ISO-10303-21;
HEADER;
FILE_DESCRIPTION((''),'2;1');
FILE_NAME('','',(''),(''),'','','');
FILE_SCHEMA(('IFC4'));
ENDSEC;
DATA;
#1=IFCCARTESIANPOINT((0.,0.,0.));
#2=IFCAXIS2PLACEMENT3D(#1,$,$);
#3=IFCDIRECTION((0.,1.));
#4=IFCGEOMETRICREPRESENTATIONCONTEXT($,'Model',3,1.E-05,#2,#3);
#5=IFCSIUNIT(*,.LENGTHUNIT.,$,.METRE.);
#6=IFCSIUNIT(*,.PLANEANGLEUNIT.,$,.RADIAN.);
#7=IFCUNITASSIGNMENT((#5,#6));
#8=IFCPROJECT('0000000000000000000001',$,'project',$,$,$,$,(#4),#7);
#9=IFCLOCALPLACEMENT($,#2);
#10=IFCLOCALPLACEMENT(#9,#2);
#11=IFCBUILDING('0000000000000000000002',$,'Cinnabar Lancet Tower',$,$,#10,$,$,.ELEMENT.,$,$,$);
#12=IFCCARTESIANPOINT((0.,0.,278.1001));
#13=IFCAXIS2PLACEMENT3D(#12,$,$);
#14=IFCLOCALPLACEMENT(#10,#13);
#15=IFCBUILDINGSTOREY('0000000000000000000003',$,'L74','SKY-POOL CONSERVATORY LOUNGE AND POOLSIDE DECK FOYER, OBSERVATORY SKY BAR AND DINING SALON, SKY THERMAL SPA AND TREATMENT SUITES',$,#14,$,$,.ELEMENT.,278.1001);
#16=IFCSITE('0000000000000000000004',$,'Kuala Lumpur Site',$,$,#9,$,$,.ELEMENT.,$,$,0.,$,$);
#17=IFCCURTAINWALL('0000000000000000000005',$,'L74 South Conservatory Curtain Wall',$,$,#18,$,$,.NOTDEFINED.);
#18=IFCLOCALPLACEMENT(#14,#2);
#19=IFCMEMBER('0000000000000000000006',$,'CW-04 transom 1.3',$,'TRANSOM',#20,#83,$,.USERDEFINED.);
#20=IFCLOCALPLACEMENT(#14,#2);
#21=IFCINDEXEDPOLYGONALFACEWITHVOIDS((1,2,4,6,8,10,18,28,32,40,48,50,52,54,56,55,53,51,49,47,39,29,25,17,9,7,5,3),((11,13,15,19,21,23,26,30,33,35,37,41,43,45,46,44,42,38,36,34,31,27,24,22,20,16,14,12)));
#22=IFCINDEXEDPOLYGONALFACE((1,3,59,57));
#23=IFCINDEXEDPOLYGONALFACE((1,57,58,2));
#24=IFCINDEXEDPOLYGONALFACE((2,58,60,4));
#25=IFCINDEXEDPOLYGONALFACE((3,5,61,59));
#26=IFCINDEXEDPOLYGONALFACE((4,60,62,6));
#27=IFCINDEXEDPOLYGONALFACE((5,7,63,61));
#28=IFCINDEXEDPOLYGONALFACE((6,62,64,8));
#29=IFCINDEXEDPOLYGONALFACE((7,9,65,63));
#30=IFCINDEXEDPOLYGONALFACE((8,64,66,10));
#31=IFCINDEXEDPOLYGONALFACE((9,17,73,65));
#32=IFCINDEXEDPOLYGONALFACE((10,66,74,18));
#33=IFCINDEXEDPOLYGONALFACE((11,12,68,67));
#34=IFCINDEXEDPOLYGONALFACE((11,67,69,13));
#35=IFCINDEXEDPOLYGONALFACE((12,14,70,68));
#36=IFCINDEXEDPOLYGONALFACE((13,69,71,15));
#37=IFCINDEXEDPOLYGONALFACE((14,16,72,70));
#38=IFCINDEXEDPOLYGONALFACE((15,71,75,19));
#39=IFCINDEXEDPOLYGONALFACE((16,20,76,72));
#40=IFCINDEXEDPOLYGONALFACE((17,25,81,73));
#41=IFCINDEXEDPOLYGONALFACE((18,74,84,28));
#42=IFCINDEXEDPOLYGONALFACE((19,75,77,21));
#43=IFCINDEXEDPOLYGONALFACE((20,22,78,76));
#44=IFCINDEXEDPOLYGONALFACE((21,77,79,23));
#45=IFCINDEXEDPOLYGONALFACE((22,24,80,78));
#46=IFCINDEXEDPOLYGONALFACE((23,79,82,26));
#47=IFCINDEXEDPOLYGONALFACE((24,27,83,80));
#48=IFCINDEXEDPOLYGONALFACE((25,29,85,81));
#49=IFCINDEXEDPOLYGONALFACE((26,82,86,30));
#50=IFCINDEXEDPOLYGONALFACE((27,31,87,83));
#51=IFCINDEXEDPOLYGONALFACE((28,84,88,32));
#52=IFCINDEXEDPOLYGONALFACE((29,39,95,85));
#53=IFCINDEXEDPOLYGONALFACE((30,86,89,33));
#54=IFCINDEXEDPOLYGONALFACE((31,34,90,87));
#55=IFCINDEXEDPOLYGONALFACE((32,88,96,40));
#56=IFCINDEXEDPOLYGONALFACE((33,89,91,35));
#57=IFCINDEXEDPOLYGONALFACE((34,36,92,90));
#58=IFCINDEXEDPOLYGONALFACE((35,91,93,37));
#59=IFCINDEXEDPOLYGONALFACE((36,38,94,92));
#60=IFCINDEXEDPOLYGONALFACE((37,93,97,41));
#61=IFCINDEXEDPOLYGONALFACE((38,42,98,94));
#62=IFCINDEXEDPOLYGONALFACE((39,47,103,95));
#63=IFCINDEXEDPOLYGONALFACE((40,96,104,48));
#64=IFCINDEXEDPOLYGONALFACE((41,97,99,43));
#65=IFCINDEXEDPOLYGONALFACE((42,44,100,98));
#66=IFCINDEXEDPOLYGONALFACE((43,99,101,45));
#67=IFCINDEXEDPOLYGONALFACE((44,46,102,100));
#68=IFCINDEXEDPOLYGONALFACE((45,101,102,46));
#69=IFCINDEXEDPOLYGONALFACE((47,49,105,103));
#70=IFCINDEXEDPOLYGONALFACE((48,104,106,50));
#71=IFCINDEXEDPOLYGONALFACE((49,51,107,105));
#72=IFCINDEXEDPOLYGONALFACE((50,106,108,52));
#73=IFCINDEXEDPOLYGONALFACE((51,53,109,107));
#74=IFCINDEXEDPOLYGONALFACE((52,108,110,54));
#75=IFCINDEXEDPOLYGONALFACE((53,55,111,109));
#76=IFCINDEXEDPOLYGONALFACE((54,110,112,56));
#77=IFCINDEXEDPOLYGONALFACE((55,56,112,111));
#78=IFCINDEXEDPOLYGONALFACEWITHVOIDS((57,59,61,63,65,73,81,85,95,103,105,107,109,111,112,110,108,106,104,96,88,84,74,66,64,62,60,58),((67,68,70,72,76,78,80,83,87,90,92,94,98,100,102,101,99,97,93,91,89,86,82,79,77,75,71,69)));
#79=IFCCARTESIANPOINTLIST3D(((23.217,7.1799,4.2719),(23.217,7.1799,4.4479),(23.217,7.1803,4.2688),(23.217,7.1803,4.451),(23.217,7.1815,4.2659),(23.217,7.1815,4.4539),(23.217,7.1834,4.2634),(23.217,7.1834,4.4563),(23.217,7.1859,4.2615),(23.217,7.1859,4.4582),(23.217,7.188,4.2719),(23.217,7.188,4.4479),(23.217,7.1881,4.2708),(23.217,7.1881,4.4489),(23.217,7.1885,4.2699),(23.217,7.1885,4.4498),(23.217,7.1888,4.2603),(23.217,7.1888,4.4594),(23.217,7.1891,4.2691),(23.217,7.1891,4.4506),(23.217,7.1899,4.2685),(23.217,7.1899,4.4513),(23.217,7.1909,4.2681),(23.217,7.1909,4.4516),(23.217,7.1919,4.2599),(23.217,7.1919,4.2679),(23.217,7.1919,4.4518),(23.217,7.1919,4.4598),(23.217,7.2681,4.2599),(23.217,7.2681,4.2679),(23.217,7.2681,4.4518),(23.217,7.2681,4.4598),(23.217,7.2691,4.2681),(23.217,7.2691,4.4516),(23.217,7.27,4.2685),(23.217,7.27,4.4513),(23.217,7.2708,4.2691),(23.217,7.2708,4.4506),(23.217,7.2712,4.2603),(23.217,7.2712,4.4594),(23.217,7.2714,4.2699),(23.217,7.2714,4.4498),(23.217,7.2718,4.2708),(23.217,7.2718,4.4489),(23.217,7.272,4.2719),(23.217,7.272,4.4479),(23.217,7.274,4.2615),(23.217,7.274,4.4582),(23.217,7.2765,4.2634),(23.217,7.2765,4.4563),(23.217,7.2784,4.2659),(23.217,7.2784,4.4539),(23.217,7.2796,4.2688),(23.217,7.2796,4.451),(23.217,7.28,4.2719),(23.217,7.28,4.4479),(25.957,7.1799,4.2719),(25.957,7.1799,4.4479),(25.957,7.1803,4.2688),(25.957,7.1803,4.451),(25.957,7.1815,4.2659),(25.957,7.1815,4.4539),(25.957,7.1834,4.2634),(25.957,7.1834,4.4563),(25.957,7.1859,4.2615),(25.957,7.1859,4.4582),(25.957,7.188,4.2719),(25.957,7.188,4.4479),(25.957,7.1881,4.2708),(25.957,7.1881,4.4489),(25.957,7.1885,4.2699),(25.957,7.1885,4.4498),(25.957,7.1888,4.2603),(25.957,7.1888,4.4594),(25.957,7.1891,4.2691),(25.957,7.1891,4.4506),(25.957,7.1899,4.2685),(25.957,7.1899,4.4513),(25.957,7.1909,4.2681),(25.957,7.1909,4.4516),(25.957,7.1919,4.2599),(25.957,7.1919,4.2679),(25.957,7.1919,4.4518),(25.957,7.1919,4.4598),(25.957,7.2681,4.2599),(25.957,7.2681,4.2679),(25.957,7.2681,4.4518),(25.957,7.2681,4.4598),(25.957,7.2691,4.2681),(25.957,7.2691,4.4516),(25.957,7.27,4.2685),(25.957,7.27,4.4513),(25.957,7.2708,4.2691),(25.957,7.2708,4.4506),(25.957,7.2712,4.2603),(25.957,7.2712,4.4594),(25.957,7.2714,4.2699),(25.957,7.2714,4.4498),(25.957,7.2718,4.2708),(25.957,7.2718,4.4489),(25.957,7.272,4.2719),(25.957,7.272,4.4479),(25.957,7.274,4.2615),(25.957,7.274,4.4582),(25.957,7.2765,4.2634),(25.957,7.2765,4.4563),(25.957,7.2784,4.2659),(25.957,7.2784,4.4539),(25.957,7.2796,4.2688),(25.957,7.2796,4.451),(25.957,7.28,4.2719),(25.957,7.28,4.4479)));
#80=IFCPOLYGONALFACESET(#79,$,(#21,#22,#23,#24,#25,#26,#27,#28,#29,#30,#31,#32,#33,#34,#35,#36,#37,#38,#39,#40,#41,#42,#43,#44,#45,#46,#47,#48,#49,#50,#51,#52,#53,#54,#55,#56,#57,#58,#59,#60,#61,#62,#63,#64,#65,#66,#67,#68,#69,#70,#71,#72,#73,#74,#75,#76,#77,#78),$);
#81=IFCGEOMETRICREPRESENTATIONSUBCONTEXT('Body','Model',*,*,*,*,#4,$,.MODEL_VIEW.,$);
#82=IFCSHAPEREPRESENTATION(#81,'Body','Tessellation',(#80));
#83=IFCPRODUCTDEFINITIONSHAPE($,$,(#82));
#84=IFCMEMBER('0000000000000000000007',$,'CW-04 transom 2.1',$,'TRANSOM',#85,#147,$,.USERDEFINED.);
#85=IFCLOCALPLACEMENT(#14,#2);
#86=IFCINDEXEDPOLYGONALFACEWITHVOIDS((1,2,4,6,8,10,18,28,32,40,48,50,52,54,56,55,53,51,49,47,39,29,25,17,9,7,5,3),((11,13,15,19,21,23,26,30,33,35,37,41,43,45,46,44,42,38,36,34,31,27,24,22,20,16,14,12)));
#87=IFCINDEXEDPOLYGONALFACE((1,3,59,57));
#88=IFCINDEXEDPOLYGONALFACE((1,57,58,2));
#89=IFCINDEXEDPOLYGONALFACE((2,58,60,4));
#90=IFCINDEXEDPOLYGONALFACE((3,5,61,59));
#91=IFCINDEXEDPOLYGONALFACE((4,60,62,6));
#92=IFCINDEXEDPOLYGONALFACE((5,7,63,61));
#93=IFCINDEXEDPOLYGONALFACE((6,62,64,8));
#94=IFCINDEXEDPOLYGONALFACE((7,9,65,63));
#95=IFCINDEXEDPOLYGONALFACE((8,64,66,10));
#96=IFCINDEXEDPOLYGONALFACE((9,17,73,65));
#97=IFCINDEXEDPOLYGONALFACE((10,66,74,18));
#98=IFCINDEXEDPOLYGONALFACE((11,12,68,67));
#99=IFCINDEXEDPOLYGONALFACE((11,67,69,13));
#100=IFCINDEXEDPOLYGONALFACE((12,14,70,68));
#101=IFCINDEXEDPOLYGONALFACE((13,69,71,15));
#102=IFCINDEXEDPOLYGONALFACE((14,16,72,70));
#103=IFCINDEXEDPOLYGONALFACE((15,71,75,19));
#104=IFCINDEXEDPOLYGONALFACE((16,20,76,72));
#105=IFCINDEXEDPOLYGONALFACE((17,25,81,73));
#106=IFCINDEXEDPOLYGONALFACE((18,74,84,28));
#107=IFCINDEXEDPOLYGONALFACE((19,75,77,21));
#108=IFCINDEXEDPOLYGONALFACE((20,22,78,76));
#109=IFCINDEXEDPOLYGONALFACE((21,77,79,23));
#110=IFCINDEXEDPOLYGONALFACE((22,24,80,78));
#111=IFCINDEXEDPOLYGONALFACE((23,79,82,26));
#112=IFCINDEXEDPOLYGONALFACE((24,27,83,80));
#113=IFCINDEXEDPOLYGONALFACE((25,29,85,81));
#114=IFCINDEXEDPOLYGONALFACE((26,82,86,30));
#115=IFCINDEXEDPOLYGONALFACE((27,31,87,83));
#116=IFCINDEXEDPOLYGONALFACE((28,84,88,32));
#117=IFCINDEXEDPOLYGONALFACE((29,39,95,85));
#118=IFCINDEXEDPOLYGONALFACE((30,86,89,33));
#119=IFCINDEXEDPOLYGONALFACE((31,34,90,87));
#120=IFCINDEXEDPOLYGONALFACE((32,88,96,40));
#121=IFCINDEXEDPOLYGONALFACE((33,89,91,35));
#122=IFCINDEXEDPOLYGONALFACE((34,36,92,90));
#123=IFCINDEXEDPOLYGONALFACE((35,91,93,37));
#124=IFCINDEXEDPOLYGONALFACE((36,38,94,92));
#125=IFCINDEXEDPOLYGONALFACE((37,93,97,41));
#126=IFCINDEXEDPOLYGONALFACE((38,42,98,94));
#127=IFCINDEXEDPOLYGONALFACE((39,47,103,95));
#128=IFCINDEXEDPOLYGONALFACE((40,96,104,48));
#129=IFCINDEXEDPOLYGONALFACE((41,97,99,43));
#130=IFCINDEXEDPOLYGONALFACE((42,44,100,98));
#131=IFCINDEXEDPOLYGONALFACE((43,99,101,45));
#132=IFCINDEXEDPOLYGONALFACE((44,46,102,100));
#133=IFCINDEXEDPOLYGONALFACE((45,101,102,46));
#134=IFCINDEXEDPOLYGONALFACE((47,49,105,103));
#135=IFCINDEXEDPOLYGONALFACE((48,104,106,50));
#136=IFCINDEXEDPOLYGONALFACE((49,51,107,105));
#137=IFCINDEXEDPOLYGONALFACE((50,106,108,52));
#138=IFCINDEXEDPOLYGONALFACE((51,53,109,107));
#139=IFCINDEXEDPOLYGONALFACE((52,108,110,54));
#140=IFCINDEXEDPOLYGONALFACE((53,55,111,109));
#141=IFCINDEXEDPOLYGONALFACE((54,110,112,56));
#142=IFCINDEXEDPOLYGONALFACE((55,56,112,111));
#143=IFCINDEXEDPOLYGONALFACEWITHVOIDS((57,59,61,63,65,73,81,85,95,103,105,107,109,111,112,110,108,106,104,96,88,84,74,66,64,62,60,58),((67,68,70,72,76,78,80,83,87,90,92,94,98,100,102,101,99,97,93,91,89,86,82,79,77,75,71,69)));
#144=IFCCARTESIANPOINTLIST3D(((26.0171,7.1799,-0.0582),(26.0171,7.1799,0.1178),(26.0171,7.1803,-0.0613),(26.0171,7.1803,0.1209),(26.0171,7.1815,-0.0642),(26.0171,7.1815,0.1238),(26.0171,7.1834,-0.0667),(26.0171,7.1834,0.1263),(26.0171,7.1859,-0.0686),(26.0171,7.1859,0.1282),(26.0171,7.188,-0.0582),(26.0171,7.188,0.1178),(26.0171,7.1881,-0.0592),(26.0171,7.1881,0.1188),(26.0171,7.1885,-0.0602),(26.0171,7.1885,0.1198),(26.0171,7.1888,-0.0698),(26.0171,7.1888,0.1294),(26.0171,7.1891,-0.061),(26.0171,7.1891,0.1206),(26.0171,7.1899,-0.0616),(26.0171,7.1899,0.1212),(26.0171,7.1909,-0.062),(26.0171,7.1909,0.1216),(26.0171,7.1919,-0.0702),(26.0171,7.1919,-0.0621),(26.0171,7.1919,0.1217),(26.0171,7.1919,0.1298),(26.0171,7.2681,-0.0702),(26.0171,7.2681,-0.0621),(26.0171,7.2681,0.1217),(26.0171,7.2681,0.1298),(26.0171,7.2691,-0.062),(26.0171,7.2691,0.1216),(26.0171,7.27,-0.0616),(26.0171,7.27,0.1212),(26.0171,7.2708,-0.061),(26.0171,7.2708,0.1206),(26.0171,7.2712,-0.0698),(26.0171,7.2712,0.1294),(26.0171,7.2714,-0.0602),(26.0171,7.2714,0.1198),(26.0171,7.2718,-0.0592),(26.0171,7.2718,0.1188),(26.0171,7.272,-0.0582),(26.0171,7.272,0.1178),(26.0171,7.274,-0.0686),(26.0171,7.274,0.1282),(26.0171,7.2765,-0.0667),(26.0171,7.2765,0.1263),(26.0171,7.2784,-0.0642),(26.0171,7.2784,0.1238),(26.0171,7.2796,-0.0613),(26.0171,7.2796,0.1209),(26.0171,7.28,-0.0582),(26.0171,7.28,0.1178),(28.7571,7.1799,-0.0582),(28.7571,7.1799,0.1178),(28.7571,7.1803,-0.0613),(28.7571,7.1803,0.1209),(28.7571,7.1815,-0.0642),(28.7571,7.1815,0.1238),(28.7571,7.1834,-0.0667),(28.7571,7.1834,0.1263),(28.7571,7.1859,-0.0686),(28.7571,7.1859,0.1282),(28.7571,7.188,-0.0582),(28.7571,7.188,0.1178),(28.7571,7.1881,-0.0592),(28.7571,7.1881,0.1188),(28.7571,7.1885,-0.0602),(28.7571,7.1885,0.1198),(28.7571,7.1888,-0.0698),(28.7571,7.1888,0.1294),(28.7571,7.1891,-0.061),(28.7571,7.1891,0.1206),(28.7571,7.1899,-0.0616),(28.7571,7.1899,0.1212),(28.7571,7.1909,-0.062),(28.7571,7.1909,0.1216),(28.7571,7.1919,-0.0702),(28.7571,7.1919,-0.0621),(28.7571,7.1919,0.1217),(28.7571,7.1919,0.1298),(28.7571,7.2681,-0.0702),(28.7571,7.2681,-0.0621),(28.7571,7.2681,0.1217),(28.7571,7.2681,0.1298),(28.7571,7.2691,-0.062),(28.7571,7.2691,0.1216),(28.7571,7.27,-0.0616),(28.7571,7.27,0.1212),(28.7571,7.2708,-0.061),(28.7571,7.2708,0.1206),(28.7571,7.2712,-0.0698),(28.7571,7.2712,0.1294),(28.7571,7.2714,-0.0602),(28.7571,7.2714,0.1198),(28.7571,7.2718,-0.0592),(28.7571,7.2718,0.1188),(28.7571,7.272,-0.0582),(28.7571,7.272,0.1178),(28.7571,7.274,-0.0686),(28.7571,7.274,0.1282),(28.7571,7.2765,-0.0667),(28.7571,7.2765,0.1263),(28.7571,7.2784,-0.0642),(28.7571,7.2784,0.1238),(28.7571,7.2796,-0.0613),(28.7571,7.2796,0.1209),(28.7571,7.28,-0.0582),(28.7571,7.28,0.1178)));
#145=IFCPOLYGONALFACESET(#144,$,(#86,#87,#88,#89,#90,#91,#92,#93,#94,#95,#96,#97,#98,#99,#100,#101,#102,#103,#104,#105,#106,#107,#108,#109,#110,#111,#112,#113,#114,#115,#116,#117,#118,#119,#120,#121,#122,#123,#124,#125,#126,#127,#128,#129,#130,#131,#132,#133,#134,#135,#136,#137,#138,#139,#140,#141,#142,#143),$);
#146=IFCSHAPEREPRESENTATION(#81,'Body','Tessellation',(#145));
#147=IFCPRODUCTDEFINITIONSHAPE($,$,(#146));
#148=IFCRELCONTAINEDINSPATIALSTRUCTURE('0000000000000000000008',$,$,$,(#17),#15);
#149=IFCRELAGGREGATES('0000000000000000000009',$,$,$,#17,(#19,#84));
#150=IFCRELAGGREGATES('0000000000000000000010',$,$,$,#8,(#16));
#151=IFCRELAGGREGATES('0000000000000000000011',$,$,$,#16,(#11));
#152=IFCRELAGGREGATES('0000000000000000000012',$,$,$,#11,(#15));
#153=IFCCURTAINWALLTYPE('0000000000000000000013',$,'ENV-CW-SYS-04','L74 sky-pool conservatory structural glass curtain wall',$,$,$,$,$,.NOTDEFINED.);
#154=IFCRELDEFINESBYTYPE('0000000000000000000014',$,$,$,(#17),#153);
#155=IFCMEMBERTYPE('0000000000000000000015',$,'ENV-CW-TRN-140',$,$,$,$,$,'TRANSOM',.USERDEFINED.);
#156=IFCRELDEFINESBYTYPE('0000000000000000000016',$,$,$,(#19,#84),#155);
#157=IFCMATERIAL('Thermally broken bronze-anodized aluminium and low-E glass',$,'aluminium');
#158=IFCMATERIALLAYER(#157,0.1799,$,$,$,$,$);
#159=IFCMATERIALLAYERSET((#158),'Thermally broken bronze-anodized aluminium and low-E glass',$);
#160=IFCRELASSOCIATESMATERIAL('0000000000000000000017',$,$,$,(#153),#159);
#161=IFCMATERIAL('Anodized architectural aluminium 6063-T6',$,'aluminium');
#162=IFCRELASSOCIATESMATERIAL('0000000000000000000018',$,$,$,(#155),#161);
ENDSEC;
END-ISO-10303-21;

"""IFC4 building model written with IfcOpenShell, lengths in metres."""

from ifc_helpers import new_model, si_unit, direction, frame, origin, origin_2d, place, context, subcontext, project, spatial, hollow_rectangle, extrude, material, layer, layer_set, material_profile, profile_set, type_object, element, aggregate, save


model = new_model("IFC4")

# Units and contexts
model_context = context("Model", 3, precision=1e-05, world=origin(), true_north=direction((0.0, 1.0)))
body_context = subcontext(model_context, "Body", "Model", "MODEL_VIEW")
ifc_project = project(units=[si_unit("LENGTHUNIT", "METRE"), si_unit("PLANEANGLEUNIT", "RADIAN")], contexts=[model_context])

# Site, building, storey
site_placement = place(None, origin())
site = spatial("IfcSite", under=ifc_project, at=site_placement, Name="Kuala Lumpur Site", CompositionType="ELEMENT", RefElevation=0.0)
building_placement = place(site_placement, origin())
building = spatial("IfcBuilding", under=site, at=building_placement, Name="Cinnabar Lancet Tower", CompositionType="ELEMENT")
storey_placement = place(building_placement, frame((0.0, 0.0, 278.1001)))
storey = spatial("IfcBuildingStorey", under=building, at=storey_placement, Name="L74", Description="SKY-POOL CONSERVATORY LOUNGE AND POOLSIDE DECK FOYER, OBSERVATORY SKY BAR AND DINING SALON, SKY THERMAL SPA AND TREATMENT SUITES", CompositionType="ELEMENT", Elevation=278.1001)

# Curtain wall, members
ifc_material_1 = material(Name="Thermally broken bronze-anodized aluminium and low-E glass", Category="aluminium")
ifc_layer_1 = layer(ifc_material_1, 0.1799)
ifc_layer_set_1 = layer_set([ifc_layer_1], Name="Thermally broken bronze-anodized aluminium and low-E glass")
curtain_wall_type = type_object("IfcCurtainWallType", Name="ENV-CW-SYS-04", Description="L74 sky-pool conservatory structural glass curtain wall", PredefinedType="NOTDEFINED", material=ifc_layer_set_1)
curtain_wall_placement = place(storey_placement, origin())
curtain_wall = element("IfcCurtainWall", 1, at=curtain_wall_placement, inside=storey, type_object=curtain_wall_type, Name="L74 South Conservatory Curtain Wall", PredefinedType="NOTDEFINED")
ifc_material_2 = material(Name="Anodized architectural aluminium 6063-T6", Category="aluminium")
ifc_material_profile_1 = material_profile(ifc_material_2, hollow_rectangle(XDim=0.1001, YDim=0.2, WallThickness=0.0081, InnerFilletRadius=0.0039, OuterFilletRadius=0.012, at=origin_2d()), Name="RHS 200x100x8")
ifc_profile_set_1 = profile_set([ifc_material_profile_1], Name="Anodized architectural aluminium 6063-T6")
member_type_1 = type_object("IfcMemberType", Name="ENV-CW-TRN-140", ElementType="TRANSOM", PredefinedType="USERDEFINED", material=ifc_profile_set_1)
member_1_placement = place(storey_placement, frame((23.217, 7.23, 4.3599), z_axis=(1.0, 0.0, 0.0), x_axis=(0.0, 1.0, 0.0)))
member_1 = element("IfcMember", 2, at=member_1_placement, type_object=member_type_1, Name="CW-04 transom 1.3", ObjectType="TRANSOM", PredefinedType="USERDEFINED", context=body_context, shape_type="SweptSolid", body=[
    extrude(hollow_rectangle(XDim=0.1001, YDim=0.2, WallThickness=0.0081, InnerFilletRadius=0.0039, OuterFilletRadius=0.012, at=origin_2d()), origin(), (0.0, 0.0, 1.0), 2.74),
])
member_2_placement = place(storey_placement, frame((26.0171, 7.23, 0.0298), z_axis=(1.0, 0.0, 0.0), x_axis=(0.0, 1.0, 0.0)))
member_2 = element("IfcMember", 3, at=member_2_placement, type_object=member_type_1, Name="CW-04 transom 2.1", ObjectType="TRANSOM", PredefinedType="USERDEFINED", context=body_context, shape_type="SweptSolid", body=[
    extrude(hollow_rectangle(XDim=0.1001, YDim=0.2, WallThickness=0.0081, InnerFilletRadius=0.0039, OuterFilletRadius=0.012, at=origin_2d()), origin(), (0.0, 0.0, 1.0), 2.74),
])

aggregate(curtain_wall, [member_1, member_2])

save(model, "model.ifc")
